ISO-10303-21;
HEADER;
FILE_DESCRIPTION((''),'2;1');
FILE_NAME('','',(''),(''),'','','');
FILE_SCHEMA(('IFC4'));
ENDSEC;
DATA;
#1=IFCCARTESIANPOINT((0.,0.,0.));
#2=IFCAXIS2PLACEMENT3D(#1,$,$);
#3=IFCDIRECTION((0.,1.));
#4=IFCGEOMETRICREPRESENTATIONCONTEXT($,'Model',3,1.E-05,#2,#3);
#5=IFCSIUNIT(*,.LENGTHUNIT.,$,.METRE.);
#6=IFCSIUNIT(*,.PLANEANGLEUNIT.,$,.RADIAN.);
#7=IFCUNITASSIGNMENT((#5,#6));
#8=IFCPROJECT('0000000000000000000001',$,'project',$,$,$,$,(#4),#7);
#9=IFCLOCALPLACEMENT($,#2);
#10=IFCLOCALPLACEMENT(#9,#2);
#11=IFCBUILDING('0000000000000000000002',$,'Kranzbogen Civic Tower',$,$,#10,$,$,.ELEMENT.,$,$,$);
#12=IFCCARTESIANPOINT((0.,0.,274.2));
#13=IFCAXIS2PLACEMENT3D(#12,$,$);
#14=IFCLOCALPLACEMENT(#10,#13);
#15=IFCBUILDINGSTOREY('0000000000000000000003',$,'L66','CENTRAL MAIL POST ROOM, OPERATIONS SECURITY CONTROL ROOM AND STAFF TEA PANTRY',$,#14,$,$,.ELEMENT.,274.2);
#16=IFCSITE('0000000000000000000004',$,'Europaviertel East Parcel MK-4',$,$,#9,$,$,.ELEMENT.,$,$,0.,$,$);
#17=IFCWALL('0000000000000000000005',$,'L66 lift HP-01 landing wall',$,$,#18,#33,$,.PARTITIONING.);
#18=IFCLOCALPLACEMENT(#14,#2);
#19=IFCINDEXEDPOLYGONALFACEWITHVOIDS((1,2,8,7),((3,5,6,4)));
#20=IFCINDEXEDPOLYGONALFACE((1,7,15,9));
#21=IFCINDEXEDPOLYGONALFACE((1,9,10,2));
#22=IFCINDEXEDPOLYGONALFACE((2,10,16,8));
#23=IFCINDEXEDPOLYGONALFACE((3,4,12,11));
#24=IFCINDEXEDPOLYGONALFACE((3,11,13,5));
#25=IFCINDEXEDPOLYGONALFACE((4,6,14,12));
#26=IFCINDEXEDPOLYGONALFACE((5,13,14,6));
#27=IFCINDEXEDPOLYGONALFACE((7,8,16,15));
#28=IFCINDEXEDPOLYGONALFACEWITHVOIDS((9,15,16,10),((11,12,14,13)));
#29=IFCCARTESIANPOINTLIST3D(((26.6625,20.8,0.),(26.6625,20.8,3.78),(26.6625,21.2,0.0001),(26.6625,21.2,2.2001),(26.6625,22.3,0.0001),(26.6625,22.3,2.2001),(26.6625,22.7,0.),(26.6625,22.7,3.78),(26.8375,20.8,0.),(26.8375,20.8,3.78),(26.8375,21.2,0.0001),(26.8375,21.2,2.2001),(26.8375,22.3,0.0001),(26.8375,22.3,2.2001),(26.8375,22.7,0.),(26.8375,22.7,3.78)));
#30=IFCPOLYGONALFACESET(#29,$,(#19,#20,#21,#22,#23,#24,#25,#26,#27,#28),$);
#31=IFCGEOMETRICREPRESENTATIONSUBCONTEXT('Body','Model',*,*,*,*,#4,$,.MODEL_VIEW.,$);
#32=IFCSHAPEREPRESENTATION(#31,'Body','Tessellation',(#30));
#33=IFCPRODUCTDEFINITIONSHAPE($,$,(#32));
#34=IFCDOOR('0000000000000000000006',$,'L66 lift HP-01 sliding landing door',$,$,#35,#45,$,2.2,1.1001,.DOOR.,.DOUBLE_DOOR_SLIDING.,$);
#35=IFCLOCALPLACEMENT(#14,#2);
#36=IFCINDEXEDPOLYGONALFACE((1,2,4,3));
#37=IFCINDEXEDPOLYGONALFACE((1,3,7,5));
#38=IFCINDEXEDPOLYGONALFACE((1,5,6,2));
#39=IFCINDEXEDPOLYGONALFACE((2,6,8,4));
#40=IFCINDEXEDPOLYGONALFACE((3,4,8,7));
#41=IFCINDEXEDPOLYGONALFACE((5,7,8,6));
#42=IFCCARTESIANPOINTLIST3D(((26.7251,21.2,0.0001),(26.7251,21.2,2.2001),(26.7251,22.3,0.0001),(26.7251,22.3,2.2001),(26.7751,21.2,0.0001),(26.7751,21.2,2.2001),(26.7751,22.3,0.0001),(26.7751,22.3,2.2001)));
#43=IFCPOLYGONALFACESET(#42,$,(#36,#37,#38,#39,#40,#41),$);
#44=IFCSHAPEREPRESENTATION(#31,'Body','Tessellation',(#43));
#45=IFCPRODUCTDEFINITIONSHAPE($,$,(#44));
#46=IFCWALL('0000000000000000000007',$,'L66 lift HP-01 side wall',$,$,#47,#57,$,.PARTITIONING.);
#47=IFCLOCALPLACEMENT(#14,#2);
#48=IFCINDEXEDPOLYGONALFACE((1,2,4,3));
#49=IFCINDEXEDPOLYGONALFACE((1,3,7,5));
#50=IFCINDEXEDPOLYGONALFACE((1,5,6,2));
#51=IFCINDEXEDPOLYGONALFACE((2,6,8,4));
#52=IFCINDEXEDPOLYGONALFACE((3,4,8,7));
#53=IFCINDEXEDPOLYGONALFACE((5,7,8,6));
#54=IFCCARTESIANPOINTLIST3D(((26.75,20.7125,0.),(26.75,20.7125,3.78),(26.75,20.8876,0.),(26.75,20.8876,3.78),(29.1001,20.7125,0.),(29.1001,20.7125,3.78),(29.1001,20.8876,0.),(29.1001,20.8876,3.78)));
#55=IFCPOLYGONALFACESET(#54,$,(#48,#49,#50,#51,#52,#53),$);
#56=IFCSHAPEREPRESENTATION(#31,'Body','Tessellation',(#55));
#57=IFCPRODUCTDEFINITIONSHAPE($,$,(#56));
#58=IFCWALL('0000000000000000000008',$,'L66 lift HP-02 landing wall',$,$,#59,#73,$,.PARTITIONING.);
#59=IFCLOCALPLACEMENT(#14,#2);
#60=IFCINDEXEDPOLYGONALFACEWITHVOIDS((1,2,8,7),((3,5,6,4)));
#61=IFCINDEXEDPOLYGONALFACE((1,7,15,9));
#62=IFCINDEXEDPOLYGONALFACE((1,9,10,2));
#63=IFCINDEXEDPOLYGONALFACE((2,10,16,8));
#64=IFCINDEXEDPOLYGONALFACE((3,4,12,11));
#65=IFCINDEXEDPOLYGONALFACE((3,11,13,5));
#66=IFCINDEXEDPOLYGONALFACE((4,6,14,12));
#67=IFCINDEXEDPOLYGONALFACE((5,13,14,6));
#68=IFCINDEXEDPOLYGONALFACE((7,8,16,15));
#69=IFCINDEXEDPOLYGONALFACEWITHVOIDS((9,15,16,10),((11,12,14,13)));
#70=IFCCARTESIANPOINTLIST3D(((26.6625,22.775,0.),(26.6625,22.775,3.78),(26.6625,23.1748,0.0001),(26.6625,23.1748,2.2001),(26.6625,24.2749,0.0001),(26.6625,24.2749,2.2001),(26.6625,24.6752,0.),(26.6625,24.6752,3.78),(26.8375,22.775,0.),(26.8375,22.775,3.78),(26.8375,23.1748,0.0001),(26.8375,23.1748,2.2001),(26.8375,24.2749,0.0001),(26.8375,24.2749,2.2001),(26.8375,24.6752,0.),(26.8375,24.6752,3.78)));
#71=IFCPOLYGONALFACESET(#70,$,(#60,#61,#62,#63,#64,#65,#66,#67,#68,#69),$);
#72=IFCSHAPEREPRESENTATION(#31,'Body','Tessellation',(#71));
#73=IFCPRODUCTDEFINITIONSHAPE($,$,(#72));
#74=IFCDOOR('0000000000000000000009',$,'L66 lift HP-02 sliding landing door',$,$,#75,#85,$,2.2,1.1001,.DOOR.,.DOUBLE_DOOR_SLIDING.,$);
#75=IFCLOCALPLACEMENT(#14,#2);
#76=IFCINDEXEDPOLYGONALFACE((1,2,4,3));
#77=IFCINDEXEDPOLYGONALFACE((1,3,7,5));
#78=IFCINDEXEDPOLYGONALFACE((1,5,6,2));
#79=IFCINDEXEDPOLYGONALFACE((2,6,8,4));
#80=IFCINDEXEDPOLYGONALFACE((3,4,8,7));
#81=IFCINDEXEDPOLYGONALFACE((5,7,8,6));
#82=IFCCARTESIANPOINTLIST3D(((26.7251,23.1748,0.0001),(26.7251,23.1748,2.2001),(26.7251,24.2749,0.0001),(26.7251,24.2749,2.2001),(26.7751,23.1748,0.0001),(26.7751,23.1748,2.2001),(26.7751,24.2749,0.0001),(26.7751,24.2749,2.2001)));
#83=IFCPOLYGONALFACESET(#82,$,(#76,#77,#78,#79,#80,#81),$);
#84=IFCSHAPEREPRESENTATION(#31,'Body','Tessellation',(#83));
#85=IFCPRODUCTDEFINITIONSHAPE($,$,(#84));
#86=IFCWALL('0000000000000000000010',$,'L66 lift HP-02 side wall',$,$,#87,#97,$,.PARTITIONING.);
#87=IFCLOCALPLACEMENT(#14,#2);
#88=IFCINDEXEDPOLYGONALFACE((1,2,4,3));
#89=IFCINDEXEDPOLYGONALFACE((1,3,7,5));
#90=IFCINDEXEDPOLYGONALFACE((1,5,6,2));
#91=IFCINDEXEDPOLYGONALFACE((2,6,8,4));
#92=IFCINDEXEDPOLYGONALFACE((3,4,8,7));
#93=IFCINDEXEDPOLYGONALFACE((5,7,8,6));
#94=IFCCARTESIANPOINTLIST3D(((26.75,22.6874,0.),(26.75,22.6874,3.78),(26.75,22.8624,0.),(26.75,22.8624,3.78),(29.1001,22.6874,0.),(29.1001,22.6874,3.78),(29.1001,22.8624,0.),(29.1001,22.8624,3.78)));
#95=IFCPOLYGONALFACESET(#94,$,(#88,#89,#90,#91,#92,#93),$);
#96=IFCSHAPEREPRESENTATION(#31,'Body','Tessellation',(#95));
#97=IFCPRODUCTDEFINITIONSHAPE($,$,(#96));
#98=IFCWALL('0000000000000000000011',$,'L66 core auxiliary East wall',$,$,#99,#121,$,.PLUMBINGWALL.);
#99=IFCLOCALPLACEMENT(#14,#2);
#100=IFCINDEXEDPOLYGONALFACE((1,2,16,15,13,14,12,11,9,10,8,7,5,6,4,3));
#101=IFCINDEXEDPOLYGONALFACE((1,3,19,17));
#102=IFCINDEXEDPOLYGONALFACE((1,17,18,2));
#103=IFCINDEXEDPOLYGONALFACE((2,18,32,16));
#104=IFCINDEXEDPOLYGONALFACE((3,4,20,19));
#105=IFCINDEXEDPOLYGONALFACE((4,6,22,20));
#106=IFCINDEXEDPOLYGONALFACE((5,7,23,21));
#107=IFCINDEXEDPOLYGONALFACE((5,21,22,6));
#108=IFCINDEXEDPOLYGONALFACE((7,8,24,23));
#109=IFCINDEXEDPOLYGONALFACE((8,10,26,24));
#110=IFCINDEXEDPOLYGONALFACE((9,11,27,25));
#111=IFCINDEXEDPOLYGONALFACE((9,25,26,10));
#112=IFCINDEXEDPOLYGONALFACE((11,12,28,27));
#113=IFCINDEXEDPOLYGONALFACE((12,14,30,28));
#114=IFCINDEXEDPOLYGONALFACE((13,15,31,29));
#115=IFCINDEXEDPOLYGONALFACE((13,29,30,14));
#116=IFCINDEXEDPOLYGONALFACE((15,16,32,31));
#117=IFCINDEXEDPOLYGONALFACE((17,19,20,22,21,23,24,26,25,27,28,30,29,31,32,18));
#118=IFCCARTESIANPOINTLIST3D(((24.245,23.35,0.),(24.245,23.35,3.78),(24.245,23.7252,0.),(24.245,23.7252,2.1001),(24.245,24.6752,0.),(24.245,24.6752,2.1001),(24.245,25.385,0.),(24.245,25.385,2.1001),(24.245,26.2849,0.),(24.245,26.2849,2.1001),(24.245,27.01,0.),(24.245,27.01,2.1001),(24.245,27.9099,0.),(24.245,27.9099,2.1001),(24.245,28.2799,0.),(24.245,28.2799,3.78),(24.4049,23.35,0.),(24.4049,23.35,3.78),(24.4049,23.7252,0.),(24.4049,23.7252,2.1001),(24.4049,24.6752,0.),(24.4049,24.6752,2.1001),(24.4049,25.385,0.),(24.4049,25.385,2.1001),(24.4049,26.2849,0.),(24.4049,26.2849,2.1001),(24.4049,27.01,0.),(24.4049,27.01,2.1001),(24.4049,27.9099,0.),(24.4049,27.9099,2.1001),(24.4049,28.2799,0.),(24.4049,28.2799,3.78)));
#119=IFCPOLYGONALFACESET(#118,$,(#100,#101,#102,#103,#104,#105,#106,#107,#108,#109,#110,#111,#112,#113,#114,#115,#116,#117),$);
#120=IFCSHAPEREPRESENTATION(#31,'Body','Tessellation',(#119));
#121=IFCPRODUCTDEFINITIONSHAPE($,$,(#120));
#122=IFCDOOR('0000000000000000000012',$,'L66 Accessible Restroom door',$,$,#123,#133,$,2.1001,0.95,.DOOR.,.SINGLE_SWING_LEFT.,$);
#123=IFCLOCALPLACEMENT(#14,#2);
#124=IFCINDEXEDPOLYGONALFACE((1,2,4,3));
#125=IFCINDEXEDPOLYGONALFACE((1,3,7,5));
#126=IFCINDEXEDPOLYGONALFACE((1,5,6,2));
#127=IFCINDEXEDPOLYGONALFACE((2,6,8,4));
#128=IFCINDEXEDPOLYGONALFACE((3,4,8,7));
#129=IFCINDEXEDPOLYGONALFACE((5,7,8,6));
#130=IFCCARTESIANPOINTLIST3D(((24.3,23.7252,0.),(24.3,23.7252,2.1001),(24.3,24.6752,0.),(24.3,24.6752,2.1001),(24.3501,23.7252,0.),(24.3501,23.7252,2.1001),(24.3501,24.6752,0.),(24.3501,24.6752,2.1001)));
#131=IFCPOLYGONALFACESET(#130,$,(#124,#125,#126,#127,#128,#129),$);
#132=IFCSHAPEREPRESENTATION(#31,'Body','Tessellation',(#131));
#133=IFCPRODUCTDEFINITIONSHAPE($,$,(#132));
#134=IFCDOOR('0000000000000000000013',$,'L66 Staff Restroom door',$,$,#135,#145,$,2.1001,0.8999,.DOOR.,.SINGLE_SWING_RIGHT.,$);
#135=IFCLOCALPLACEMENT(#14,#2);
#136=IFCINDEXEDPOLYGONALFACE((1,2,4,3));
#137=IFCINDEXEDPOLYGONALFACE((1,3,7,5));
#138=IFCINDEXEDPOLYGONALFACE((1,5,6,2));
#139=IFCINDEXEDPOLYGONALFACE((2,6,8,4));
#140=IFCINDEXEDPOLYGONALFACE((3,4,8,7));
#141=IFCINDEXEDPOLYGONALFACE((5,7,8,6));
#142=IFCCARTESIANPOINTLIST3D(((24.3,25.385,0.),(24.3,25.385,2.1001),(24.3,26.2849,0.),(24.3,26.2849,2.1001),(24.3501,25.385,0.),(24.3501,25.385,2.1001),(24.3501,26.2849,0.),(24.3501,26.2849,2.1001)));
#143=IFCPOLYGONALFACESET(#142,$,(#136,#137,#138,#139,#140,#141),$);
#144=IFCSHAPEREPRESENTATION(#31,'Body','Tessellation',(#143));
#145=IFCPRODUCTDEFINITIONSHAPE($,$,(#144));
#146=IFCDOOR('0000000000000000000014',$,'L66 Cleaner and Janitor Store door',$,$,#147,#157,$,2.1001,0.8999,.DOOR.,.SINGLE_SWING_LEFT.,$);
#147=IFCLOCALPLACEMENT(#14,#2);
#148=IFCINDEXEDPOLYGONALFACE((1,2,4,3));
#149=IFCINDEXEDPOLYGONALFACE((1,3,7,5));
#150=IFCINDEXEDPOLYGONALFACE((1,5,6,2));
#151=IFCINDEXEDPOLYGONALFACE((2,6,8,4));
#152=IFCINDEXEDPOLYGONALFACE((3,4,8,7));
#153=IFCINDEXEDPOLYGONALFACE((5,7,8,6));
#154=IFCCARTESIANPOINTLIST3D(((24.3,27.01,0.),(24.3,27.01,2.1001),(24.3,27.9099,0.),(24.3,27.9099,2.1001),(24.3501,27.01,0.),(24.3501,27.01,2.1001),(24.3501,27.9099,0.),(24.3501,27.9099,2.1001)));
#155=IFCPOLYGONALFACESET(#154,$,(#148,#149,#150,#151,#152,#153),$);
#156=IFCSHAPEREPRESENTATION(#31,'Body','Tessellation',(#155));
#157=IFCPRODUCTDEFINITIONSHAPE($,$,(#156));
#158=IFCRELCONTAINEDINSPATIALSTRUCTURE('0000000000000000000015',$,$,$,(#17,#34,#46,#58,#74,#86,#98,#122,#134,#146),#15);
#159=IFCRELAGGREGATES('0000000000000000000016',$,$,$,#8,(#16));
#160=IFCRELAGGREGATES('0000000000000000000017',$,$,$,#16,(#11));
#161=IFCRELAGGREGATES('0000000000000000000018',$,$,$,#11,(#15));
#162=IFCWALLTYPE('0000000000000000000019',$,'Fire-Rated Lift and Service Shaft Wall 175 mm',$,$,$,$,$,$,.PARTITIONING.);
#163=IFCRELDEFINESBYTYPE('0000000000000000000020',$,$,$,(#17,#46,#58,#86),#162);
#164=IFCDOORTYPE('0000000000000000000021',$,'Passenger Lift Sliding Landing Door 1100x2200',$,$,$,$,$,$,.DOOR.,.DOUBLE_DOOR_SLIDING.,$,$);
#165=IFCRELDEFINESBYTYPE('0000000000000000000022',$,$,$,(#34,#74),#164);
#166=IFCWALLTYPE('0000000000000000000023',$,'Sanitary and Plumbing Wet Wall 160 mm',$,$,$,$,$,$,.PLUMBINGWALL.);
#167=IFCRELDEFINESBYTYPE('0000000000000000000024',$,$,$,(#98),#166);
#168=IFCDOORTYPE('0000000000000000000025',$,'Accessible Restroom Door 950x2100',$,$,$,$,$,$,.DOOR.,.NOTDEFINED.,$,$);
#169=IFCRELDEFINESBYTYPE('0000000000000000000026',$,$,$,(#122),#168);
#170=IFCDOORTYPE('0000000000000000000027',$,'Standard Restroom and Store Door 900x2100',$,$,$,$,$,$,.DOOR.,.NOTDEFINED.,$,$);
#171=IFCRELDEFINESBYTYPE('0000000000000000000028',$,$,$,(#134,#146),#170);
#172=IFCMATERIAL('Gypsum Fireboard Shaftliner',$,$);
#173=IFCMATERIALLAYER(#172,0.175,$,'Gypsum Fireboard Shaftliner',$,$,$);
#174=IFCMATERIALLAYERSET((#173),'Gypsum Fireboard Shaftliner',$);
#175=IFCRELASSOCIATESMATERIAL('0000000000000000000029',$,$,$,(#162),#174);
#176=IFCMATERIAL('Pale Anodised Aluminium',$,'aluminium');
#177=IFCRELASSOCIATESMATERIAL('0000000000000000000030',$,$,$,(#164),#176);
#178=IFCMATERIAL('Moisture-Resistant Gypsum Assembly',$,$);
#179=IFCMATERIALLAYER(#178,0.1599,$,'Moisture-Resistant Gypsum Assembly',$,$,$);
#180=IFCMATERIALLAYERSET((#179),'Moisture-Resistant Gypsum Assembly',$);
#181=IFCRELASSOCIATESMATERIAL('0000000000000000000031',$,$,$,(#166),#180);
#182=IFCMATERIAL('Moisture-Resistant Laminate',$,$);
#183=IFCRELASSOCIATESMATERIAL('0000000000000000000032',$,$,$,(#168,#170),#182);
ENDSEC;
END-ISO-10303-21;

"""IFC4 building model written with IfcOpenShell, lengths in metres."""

from ifc_helpers import new_model, si_unit, direction, frame, frame_2d, origin, place, context, subcontext, project, spatial, rectangle, extrude, material, layer, layer_set, type_object, element, fill, save


model = new_model("IFC4")

# Units and contexts
model_context = context("Model", 3, precision=1e-05, world=origin(), true_north=direction((0.0, 1.0)))
body_context = subcontext(model_context, "Body", "Model", "MODEL_VIEW")
ifc_project = project(units=[si_unit("LENGTHUNIT", "METRE"), si_unit("PLANEANGLEUNIT", "RADIAN")], contexts=[model_context])

# Site, building, storey
site_placement = place(None, origin())
site = spatial("IfcSite", under=ifc_project, at=site_placement, Name="Europaviertel East Parcel MK-4", CompositionType="ELEMENT", RefElevation=0.0)
building_placement = place(site_placement, origin())
building = spatial("IfcBuilding", under=site, at=building_placement, Name="Kranzbogen Civic Tower", CompositionType="ELEMENT")
storey_placement = place(building_placement, frame((0.0, 0.0, 274.2)))
storey = spatial("IfcBuildingStorey", under=building, at=storey_placement, Name="L66", Description="CENTRAL MAIL POST ROOM, OPERATIONS SECURITY CONTROL ROOM AND STAFF TEA PANTRY", CompositionType="ELEMENT", Elevation=274.2)

# Wall, opening, door
ifc_material_1 = material(Name="Gypsum Fireboard Shaftliner")
ifc_layer_1 = layer(ifc_material_1, 0.175, Name="Gypsum Fireboard Shaftliner")
ifc_layer_set_1 = layer_set([ifc_layer_1], Name="Gypsum Fireboard Shaftliner")
wall_type_1 = type_object("IfcWallType", Name="Fire-Rated Lift and Service Shaft Wall 175 mm", PredefinedType="PARTITIONING", material=ifc_layer_set_1)
wall_1_placement = place(storey_placement, frame((26.75, 20.8, 0.0), z_axis=(0.0, 0.0, 1.0), x_axis=(0.0, 1.0, 0.0)))
wall_1 = element("IfcWall", 1, at=wall_1_placement, inside=storey, type_object=wall_type_1, Name="L66 lift HP-01 landing wall", PredefinedType="PARTITIONING", context=body_context, shape_type="SweptSolid", body=[
    extrude(rectangle(XDim=1.8999, YDim=0.175, at=frame_2d((0.95, 0.0))), origin(), (0.0, 0.0, 1.0), 3.78),
])
opening_1_placement = place(wall_1_placement, frame((0.3999, 0.0, 0.0)))
opening_1 = element("IfcOpeningElement", 2, at=opening_1_placement, cuts=wall_1, PredefinedType="OPENING", context=body_context, shape_type="SweptSolid", body=[
    extrude(rectangle(XDim=1.1001, YDim=2.2, at=frame_2d((0.55, 1.1001))), frame((0.0, 0.0977, 0.0), z_axis=(0.0, -1.0, 0.0), x_axis=(1.0, 0.0, 0.0)), (0.0, 0.0, 1.0), 0.1951),
])
ifc_material_2 = material(Name="Pale Anodised Aluminium", Category="aluminium")
door_type_1 = type_object("IfcDoorType", Name="Passenger Lift Sliding Landing Door 1100x2200", OperationType="DOUBLE_DOOR_SLIDING", PredefinedType="DOOR", material=ifc_material_2)
door_1_placement = place(opening_1_placement, origin())
door_1 = element("IfcDoor", 3, at=door_1_placement, inside=storey, type_object=door_type_1, Name="L66 lift HP-01 sliding landing door", OperationType="DOUBLE_DOOR_SLIDING", OverallHeight=2.2, OverallWidth=1.1001, PredefinedType="DOOR", context=body_context, shape_type="SweptSolid", body=[
    extrude(rectangle(XDim=1.1001, YDim=2.2, at=frame_2d((0.55, 1.1001))), frame((0.0, 0.0249, 0.0), z_axis=(0.0, -1.0, 0.0), x_axis=(1.0, 0.0, 0.0)), (0.0, 0.0, 1.0), 0.05),
])
fill(opening_1, door_1)

# Wall
wall_2_placement = place(storey_placement, frame((26.75, 20.8, 0.0), z_axis=(0.0, 0.0, 1.0), x_axis=(1.0, 0.0, 0.0)))
element("IfcWall", 4, at=wall_2_placement, inside=storey, type_object=wall_type_1, Name="L66 lift HP-01 side wall", PredefinedType="PARTITIONING", context=body_context, shape_type="SweptSolid", body=[
    extrude(rectangle(XDim=2.3501, YDim=0.175, at=frame_2d((1.175, 0.0))), origin(), (0.0, 0.0, 1.0), 3.78),
])

# Wall, opening, door
wall_3_placement = place(storey_placement, frame((26.75, 22.7749, 0.0), z_axis=(0.0, 0.0, 1.0), x_axis=(0.0, 1.0, 0.0)))
wall_3 = element("IfcWall", 5, at=wall_3_placement, inside=storey, type_object=wall_type_1, Name="L66 lift HP-02 landing wall", PredefinedType="PARTITIONING", context=body_context, shape_type="SweptSolid", body=[
    extrude(rectangle(XDim=1.9001, YDim=0.175, at=frame_2d((0.9502, 0.0))), origin(), (0.0, 0.0, 1.0), 3.78),
])
opening_2_placement = place(wall_3_placement, frame((0.3999, 0.0, 0.0)))
opening_2 = element("IfcOpeningElement", 6, at=opening_2_placement, cuts=wall_3, PredefinedType="OPENING", context=body_context, shape_type="SweptSolid", body=[
    extrude(rectangle(XDim=1.1001, YDim=2.2, at=frame_2d((0.55, 1.1001))), frame((0.0, 0.0977, 0.0), z_axis=(0.0, -1.0, 0.0), x_axis=(1.0, 0.0, 0.0)), (0.0, 0.0, 1.0), 0.1951),
])
door_2_placement = place(opening_2_placement, origin())
door_2 = element("IfcDoor", 7, at=door_2_placement, inside=storey, type_object=door_type_1, Name="L66 lift HP-02 sliding landing door", OperationType="DOUBLE_DOOR_SLIDING", OverallHeight=2.2, OverallWidth=1.1001, PredefinedType="DOOR", context=body_context, shape_type="SweptSolid", body=[
    extrude(rectangle(XDim=1.1001, YDim=2.2, at=frame_2d((0.55, 1.1001))), frame((0.0, 0.0249, 0.0), z_axis=(0.0, -1.0, 0.0), x_axis=(1.0, 0.0, 0.0)), (0.0, 0.0, 1.0), 0.05),
])
fill(opening_2, door_2)

# Wall
wall_4_placement = place(storey_placement, frame((26.75, 22.7749, 0.0), z_axis=(0.0, 0.0, 1.0), x_axis=(1.0, 0.0, 0.0)))
element("IfcWall", 8, at=wall_4_placement, inside=storey, type_object=wall_type_1, Name="L66 lift HP-02 side wall", PredefinedType="PARTITIONING", context=body_context, shape_type="SweptSolid", body=[
    extrude(rectangle(XDim=2.3501, YDim=0.175, at=frame_2d((1.175, 0.0))), origin(), (0.0, 0.0, 1.0), 3.78),
])

# Wall, openings, doors
ifc_material_3 = material(Name="Moisture-Resistant Gypsum Assembly")
ifc_layer_2 = layer(ifc_material_3, 0.1599, Name="Moisture-Resistant Gypsum Assembly")
ifc_layer_set_2 = layer_set([ifc_layer_2], Name="Moisture-Resistant Gypsum Assembly")
wall_type_2 = type_object("IfcWallType", Name="Sanitary and Plumbing Wet Wall 160 mm", PredefinedType="PLUMBINGWALL", material=ifc_layer_set_2)
wall_5_placement = place(storey_placement, frame((24.325, 23.3501, 0.0), z_axis=(0.0, 0.0, 1.0), x_axis=(0.0, 1.0, 0.0)))
wall_5 = element("IfcWall", 9, at=wall_5_placement, inside=storey, type_object=wall_type_2, Name="L66 core auxiliary East wall", PredefinedType="PLUMBINGWALL", context=body_context, shape_type="SweptSolid", body=[
    extrude(rectangle(XDim=4.9299, YDim=0.1599, at=frame_2d((2.4648, 0.0))), origin(), (0.0, 0.0, 1.0), 3.78),
])
opening_3_placement = place(wall_5_placement, frame((0.375, 0.0, 0.0)))
opening_3 = element("IfcOpeningElement", 10, at=opening_3_placement, cuts=wall_5, PredefinedType="OPENING", context=body_context, shape_type="SweptSolid", body=[
    extrude(rectangle(XDim=0.95, YDim=2.1001, at=frame_2d((0.4751, 1.05))), frame((0.0, 0.0898, 0.0), z_axis=(0.0, -1.0, 0.0), x_axis=(1.0, 0.0, 0.0)), (0.0, 0.0, 1.0), 0.1799),
])
opening_4_placement = place(wall_5_placement, frame((2.0349, 0.0, 0.0)))
opening_4 = element("IfcOpeningElement", 11, at=opening_4_placement, cuts=wall_5, PredefinedType="OPENING", context=body_context, shape_type="SweptSolid", body=[
    extrude(rectangle(XDim=0.8999, YDim=2.1001, at=frame_2d((0.45, 1.05))), frame((0.0, 0.0898, 0.0), z_axis=(0.0, -1.0, 0.0), x_axis=(1.0, 0.0, 0.0)), (0.0, 0.0, 1.0), 0.1799),
])
opening_5_placement = place(wall_5_placement, frame((3.6599, 0.0, 0.0)))
opening_5 = element("IfcOpeningElement", 12, at=opening_5_placement, cuts=wall_5, PredefinedType="OPENING", context=body_context, shape_type="SweptSolid", body=[
    extrude(rectangle(XDim=0.8999, YDim=2.1001, at=frame_2d((0.45, 1.05))), frame((0.0, 0.0898, 0.0), z_axis=(0.0, -1.0, 0.0), x_axis=(1.0, 0.0, 0.0)), (0.0, 0.0, 1.0), 0.1799),
])
ifc_material_4 = material(Name="Moisture-Resistant Laminate")
door_type_2 = type_object("IfcDoorType", Name="Accessible Restroom Door 950x2100", OperationType="NOTDEFINED", PredefinedType="DOOR", material=ifc_material_4)
door_3_placement = place(opening_3_placement, origin())
door_3 = element("IfcDoor", 13, at=door_3_placement, inside=storey, type_object=door_type_2, Name="L66 Accessible Restroom door", OperationType="SINGLE_SWING_LEFT", OverallHeight=2.1001, OverallWidth=0.95, PredefinedType="DOOR", context=body_context, shape_type="SweptSolid", body=[
    extrude(rectangle(XDim=0.95, YDim=2.1001, at=frame_2d((0.4751, 1.05))), frame((0.0, 0.0249, 0.0), z_axis=(0.0, -1.0, 0.0), x_axis=(1.0, 0.0, 0.0)), (0.0, 0.0, 1.0), 0.05),
])
fill(opening_3, door_3)
door_type_3 = type_object("IfcDoorType", Name="Standard Restroom and Store Door 900x2100", OperationType="NOTDEFINED", PredefinedType="DOOR", material=ifc_material_4)
door_4_placement = place(opening_4_placement, origin())
door_4 = element("IfcDoor", 14, at=door_4_placement, inside=storey, type_object=door_type_3, Name="L66 Staff Restroom door", OperationType="SINGLE_SWING_RIGHT", OverallHeight=2.1001, OverallWidth=0.8999, PredefinedType="DOOR", context=body_context, shape_type="SweptSolid", body=[
    extrude(rectangle(XDim=0.8999, YDim=2.1001, at=frame_2d((0.45, 1.05))), frame((0.0, 0.0249, 0.0), z_axis=(0.0, -1.0, 0.0), x_axis=(1.0, 0.0, 0.0)), (0.0, 0.0, 1.0), 0.05),
])
fill(opening_4, door_4)
door_5_placement = place(opening_5_placement, origin())
door_5 = element("IfcDoor", 15, at=door_5_placement, inside=storey, type_object=door_type_3, Name="L66 Cleaner and Janitor Store door", OperationType="SINGLE_SWING_LEFT", OverallHeight=2.1001, OverallWidth=0.8999, PredefinedType="DOOR", context=body_context, shape_type="SweptSolid", body=[
    extrude(rectangle(XDim=0.8999, YDim=2.1001, at=frame_2d((0.45, 1.05))), frame((0.0, 0.0249, 0.0), z_axis=(0.0, -1.0, 0.0), x_axis=(1.0, 0.0, 0.0)), (0.0, 0.0, 1.0), 0.05),
])
fill(opening_5, door_5)

save(model, "model.ifc")
